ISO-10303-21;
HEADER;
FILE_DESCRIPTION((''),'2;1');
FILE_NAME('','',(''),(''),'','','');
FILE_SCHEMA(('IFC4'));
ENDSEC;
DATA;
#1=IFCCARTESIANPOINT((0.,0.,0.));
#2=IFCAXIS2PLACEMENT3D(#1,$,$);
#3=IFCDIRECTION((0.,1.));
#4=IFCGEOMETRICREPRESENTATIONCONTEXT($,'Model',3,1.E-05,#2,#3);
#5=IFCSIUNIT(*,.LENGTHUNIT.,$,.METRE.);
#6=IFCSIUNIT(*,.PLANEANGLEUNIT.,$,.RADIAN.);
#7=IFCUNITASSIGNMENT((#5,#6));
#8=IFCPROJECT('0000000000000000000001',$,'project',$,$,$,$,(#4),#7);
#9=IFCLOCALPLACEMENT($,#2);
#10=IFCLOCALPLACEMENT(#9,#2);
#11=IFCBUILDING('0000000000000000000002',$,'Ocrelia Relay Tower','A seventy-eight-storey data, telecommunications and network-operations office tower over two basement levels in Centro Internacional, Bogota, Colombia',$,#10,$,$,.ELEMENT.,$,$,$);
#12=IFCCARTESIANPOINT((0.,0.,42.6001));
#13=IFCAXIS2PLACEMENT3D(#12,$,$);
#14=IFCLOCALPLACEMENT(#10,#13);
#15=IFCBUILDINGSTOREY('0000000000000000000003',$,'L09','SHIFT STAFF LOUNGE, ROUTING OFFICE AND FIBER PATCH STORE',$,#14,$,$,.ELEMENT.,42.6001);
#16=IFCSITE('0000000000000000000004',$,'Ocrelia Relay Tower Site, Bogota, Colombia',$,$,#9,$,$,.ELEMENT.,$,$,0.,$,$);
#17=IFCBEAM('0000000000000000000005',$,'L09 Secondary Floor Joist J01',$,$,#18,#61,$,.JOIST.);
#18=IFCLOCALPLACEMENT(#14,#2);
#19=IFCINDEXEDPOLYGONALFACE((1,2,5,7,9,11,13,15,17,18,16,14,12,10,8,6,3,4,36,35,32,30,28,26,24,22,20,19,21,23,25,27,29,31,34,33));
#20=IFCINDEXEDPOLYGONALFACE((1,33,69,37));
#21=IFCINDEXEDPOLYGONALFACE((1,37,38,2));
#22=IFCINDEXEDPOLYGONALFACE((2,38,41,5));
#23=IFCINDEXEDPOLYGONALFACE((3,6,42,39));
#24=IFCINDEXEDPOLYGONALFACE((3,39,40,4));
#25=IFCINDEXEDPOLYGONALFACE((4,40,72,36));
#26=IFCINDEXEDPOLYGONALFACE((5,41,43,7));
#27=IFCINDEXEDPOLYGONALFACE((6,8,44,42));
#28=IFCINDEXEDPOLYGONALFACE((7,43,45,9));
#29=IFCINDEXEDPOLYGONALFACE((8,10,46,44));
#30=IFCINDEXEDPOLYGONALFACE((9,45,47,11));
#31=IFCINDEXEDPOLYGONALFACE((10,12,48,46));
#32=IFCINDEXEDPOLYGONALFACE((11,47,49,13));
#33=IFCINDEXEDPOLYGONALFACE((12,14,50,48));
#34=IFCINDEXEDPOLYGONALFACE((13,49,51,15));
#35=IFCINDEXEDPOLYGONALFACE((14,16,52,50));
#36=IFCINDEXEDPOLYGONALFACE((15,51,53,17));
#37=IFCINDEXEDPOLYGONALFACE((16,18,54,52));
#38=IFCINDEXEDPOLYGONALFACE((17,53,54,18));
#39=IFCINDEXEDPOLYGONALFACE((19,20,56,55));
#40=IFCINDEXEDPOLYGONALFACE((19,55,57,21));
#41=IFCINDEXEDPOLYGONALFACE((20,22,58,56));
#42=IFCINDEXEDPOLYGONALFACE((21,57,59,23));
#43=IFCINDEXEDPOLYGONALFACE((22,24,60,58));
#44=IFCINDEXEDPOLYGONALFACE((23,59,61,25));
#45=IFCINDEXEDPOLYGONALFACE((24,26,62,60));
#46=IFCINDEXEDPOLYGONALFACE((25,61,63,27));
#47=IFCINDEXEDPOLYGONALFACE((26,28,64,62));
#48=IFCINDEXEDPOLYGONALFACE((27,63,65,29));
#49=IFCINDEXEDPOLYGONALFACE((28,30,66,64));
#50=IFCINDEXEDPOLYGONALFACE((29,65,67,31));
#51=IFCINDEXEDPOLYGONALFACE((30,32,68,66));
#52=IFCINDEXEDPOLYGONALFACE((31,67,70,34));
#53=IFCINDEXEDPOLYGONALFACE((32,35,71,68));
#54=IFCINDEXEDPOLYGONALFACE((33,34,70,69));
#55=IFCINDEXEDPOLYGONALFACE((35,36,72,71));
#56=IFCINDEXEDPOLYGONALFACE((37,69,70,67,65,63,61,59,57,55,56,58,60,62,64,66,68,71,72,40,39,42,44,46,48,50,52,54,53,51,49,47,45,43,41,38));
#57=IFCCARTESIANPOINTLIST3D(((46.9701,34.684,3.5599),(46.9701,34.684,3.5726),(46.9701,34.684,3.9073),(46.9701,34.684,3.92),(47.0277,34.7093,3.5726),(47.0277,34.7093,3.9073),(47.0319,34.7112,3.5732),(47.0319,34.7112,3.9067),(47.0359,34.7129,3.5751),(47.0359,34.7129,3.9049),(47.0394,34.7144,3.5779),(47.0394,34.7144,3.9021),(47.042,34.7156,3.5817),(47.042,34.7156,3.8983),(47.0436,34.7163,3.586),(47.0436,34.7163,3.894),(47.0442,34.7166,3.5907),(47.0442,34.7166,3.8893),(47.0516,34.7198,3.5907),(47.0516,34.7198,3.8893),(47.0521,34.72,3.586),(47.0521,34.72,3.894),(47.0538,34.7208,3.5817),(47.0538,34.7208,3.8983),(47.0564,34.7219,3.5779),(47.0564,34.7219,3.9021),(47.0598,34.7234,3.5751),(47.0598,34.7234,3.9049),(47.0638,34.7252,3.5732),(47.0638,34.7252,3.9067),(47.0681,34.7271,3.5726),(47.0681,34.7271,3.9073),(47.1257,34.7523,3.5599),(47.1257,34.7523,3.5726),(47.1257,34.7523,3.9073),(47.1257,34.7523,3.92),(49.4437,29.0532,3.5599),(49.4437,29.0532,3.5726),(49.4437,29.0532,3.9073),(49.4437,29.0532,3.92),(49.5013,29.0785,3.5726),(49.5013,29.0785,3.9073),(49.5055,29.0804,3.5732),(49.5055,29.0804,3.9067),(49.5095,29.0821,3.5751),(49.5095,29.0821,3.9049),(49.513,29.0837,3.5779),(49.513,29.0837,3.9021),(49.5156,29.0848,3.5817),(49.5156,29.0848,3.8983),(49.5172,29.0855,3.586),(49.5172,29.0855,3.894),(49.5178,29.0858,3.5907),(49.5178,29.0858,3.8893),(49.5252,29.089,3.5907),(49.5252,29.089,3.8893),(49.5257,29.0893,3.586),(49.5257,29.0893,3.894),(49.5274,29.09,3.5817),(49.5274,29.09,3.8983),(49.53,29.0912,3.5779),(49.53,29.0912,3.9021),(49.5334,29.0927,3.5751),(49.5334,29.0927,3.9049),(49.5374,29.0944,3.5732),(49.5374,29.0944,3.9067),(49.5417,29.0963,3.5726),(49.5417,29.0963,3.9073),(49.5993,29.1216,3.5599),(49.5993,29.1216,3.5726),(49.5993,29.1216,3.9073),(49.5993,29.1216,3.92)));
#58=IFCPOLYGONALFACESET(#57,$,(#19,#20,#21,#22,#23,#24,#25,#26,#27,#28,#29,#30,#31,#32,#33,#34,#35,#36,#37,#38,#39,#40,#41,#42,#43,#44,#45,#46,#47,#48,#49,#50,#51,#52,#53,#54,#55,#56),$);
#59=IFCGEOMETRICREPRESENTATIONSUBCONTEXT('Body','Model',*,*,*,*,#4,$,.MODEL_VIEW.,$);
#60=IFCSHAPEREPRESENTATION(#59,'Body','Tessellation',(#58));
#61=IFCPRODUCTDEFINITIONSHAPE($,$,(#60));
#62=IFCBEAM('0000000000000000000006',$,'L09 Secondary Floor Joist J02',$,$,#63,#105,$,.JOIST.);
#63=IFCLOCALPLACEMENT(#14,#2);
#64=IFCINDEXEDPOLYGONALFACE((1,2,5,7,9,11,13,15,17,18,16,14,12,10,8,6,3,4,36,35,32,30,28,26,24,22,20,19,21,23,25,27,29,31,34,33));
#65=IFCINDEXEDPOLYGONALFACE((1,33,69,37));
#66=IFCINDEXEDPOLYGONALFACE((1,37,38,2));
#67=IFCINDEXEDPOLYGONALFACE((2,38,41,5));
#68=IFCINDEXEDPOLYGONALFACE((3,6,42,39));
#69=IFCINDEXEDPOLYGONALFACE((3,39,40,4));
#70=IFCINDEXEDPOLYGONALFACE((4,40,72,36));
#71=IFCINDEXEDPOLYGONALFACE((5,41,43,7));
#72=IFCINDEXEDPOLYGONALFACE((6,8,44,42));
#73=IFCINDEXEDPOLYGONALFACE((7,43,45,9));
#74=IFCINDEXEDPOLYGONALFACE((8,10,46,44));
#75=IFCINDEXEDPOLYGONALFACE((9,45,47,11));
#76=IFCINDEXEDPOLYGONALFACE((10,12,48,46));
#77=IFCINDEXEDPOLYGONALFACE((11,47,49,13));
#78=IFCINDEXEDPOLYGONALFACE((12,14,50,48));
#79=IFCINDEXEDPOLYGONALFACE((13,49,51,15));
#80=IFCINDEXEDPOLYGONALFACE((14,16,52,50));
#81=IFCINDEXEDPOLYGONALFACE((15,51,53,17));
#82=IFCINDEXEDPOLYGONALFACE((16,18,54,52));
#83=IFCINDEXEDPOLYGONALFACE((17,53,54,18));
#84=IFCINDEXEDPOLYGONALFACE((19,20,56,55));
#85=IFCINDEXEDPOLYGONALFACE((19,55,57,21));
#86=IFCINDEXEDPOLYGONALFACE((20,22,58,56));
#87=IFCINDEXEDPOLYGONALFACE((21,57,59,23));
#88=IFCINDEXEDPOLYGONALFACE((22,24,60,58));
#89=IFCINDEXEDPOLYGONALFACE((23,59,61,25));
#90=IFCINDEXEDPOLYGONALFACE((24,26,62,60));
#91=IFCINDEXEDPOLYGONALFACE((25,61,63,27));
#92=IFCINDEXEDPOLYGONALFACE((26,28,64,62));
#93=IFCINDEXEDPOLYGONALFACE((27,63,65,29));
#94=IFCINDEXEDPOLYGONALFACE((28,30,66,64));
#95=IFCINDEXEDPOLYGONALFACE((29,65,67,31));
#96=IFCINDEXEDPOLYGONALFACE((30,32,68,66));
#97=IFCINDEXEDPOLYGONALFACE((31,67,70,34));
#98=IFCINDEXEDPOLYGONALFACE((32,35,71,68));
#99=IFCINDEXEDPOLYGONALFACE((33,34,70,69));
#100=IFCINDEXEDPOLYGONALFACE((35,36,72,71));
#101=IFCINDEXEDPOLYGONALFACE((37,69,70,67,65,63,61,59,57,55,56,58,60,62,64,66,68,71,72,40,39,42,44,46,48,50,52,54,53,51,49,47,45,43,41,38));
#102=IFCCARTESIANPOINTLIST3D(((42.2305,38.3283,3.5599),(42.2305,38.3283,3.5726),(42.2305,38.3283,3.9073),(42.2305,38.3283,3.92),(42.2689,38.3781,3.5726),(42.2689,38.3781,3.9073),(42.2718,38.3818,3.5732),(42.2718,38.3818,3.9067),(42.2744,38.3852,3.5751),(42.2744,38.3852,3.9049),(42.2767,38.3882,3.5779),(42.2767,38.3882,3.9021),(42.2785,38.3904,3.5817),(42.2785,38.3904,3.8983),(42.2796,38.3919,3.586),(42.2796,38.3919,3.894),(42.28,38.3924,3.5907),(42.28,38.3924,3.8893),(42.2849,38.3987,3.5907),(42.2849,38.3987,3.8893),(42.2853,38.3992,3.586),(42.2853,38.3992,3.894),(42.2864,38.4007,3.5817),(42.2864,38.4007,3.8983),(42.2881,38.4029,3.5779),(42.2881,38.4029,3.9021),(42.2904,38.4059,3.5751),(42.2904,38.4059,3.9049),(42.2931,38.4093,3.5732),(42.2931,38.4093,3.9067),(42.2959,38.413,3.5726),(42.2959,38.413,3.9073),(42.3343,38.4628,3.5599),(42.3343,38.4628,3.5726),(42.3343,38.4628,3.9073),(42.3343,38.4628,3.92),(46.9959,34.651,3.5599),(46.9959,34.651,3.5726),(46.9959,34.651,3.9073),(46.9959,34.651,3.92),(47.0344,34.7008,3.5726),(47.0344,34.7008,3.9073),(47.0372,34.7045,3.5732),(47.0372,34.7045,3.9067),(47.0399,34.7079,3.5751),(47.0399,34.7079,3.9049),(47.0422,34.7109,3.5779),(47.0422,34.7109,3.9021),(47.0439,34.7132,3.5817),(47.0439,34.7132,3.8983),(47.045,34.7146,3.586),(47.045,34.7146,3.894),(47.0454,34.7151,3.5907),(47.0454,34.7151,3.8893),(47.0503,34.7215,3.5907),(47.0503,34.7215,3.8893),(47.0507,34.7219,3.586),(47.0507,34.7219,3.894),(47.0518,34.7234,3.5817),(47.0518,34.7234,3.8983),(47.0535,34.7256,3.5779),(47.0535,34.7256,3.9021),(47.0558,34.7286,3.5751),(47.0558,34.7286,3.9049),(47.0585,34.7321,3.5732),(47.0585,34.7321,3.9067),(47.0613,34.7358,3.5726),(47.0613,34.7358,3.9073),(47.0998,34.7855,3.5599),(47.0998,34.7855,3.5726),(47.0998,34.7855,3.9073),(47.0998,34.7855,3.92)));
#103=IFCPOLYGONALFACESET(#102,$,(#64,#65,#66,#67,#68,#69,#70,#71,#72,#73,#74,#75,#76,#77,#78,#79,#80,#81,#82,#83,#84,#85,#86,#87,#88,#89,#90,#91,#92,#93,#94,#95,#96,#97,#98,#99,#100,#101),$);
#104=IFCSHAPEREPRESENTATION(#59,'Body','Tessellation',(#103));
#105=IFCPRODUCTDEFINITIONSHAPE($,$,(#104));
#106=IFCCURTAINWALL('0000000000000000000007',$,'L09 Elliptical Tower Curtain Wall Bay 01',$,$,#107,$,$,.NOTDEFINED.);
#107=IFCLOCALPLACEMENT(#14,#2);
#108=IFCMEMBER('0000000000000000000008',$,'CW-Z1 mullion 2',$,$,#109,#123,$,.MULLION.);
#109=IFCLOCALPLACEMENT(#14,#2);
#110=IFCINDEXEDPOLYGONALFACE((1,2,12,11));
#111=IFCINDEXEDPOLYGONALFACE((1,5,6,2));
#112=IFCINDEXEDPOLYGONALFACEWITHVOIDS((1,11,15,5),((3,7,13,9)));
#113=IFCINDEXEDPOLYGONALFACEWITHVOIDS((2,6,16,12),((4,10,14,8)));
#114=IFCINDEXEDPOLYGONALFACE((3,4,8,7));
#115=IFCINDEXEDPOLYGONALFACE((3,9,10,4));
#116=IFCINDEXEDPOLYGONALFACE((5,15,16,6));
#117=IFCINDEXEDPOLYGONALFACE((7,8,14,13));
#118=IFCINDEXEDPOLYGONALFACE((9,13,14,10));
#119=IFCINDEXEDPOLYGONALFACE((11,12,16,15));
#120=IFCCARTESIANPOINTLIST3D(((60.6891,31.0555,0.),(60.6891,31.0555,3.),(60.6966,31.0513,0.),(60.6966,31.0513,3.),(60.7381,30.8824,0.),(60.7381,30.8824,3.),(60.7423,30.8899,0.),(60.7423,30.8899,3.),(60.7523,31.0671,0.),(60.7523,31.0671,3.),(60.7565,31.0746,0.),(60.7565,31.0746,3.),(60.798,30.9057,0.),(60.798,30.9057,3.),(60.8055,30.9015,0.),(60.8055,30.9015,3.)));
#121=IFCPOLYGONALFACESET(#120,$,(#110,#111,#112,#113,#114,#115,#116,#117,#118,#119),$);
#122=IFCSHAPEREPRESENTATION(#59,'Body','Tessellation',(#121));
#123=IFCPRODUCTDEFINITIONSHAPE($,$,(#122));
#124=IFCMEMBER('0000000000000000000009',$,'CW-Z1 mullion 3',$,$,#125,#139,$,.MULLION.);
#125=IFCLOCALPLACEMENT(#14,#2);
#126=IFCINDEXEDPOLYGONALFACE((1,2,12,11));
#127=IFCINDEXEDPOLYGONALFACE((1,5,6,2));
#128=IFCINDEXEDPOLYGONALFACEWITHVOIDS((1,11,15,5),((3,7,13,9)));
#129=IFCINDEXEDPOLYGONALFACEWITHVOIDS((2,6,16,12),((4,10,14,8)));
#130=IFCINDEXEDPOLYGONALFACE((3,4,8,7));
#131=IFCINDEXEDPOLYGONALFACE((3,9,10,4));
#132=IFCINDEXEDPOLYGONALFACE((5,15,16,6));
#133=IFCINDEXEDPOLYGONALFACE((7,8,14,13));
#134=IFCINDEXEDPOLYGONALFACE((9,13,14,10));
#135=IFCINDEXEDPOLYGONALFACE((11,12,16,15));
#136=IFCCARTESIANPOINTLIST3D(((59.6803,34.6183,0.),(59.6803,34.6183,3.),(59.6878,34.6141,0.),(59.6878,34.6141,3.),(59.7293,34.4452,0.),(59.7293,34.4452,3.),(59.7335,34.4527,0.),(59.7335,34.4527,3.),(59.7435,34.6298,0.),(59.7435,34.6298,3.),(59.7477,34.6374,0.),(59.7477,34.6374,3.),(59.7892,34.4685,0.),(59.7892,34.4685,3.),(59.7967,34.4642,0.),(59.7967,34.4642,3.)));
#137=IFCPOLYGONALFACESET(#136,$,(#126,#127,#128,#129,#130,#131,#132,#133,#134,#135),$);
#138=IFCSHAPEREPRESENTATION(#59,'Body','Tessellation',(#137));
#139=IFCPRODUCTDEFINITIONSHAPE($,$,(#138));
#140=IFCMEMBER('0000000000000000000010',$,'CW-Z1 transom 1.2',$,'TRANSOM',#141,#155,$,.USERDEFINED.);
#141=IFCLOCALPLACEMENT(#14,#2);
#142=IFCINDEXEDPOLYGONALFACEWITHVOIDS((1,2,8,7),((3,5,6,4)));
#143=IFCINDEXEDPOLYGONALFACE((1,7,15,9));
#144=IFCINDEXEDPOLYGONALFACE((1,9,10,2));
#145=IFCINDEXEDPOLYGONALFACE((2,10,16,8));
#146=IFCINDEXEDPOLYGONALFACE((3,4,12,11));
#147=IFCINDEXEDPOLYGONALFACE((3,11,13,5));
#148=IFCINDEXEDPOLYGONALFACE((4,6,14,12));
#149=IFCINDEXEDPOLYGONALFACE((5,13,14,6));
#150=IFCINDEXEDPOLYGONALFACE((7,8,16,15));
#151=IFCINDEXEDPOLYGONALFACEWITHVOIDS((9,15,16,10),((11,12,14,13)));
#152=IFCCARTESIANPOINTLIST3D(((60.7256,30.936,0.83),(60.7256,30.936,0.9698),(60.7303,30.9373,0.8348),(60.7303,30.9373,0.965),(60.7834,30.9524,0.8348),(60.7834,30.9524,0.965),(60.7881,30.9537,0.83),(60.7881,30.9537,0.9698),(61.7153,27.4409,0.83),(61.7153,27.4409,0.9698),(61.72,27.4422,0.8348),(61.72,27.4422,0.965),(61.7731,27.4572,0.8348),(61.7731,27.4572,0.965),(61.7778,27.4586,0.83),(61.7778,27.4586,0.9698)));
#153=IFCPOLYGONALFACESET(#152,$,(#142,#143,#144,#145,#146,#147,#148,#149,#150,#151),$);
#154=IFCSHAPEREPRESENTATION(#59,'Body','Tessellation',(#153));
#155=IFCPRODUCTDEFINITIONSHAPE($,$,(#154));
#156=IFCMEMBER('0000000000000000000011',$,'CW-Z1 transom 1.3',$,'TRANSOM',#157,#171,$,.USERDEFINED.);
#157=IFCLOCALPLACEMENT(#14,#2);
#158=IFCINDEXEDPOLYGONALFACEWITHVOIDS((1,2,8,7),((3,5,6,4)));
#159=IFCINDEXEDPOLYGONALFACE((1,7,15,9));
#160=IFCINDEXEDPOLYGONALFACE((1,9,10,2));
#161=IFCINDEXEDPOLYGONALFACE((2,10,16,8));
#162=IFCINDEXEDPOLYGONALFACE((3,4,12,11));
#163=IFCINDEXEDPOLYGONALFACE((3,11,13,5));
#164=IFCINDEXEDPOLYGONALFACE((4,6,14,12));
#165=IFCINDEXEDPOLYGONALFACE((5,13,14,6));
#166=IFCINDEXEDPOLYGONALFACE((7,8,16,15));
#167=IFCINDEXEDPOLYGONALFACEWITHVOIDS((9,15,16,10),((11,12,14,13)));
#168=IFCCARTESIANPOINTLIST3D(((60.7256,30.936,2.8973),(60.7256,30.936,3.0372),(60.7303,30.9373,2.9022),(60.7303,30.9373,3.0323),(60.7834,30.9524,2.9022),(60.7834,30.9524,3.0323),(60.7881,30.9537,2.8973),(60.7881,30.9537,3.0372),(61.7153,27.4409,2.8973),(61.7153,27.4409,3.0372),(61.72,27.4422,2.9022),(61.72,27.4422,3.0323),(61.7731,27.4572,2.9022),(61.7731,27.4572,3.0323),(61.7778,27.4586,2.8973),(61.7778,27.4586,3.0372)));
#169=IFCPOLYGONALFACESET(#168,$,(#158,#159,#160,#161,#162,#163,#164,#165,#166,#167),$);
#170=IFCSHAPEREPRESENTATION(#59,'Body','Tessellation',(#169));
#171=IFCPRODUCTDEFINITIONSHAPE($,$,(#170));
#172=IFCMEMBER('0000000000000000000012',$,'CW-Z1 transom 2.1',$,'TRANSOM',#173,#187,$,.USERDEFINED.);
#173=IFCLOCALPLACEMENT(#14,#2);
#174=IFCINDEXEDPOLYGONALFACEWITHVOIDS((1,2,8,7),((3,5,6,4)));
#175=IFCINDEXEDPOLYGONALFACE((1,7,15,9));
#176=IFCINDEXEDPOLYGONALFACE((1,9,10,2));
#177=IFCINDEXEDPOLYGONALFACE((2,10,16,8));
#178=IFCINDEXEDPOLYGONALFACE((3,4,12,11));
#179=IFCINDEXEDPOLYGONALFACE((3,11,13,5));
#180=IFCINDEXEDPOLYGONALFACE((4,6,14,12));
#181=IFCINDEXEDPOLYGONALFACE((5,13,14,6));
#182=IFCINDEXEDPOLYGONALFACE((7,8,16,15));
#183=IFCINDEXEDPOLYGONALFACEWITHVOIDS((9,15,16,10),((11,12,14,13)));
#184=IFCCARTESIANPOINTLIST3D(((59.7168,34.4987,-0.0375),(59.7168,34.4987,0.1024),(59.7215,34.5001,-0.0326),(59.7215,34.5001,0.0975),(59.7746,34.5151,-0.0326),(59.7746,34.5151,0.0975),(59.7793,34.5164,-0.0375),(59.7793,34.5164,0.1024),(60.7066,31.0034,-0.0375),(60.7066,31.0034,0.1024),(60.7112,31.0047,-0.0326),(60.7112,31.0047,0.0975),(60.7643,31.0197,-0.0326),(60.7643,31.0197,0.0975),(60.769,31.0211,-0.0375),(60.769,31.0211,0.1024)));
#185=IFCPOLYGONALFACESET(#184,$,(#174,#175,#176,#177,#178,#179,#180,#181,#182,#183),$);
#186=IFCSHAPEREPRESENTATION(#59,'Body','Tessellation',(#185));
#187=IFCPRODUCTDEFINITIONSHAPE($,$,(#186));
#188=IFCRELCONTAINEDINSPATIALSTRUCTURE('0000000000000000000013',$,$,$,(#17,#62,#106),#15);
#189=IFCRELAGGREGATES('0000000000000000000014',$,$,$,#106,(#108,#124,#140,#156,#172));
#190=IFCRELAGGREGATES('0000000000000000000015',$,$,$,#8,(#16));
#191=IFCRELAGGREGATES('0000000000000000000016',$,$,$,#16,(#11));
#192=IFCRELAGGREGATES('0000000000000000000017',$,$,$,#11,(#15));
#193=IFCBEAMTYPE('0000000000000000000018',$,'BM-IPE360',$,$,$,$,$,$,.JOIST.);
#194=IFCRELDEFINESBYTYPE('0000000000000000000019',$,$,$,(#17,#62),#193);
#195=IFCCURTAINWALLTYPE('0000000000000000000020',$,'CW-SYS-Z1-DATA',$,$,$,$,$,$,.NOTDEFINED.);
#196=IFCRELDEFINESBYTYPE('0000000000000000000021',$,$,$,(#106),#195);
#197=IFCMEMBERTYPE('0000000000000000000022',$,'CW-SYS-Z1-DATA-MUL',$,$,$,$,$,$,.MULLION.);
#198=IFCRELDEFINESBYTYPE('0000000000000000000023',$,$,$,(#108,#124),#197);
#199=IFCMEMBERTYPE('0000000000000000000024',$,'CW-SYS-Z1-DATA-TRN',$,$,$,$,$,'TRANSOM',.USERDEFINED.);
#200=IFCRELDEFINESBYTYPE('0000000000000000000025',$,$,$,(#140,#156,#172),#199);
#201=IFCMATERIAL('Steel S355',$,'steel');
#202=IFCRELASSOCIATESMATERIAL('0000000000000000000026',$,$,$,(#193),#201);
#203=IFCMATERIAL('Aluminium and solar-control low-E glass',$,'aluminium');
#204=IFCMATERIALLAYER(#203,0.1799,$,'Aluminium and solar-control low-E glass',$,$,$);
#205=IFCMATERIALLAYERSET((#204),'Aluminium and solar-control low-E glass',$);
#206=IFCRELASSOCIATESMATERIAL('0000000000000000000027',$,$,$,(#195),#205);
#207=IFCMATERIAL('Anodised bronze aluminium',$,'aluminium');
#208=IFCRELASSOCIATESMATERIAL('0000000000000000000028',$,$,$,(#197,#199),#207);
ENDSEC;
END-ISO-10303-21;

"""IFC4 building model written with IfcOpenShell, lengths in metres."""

from ifc_helpers import new_model, si_unit, direction, frame, origin, origin_2d, place, context, subcontext, project, spatial, hollow_rectangle, i_section, extrude, material, layer, layer_set, material_profile, profile_set, type_object, element, aggregate, save


model = new_model("IFC4")

# Units and contexts
model_context = context("Model", 3, precision=1e-05, world=origin(), true_north=direction((0.0, 1.0)))
body_context = subcontext(model_context, "Body", "Model", "MODEL_VIEW")
ifc_project = project(units=[si_unit("LENGTHUNIT", "METRE"), si_unit("PLANEANGLEUNIT", "RADIAN")], contexts=[model_context])

# Site, building, storey
site_placement = place(None, origin())
site = spatial("IfcSite", under=ifc_project, at=site_placement, Name="Ocrelia Relay Tower Site, Bogota, Colombia", CompositionType="ELEMENT", RefElevation=0.0)
building_placement = place(site_placement, origin())
building = spatial("IfcBuilding", under=site, at=building_placement, Name="Ocrelia Relay Tower", Description="A seventy-eight-storey data, telecommunications and network-operations office tower over two basement levels in Centro Internacional, Bogota, Colombia", CompositionType="ELEMENT")
storey_placement = place(building_placement, frame((0.0, 0.0, 42.6001)))
storey = spatial("IfcBuildingStorey", under=building, at=storey_placement, Name="L09", Description="SHIFT STAFF LOUNGE, ROUTING OFFICE AND FIBER PATCH STORE", CompositionType="ELEMENT", Elevation=42.6001)

# Beams
ifc_material_1 = material(Name="Steel S355", Category="steel")
ifc_material_profile_1 = material_profile(ifc_material_1, i_section(OverallWidth=0.1699, OverallDepth=0.3601, WebThickness=0.0081, FlangeThickness=0.0127, FilletRadius=0.0181, at=origin_2d()), Name="IPE 360")
ifc_profile_set_1 = profile_set([ifc_material_profile_1], Name="Steel S355")
beam_type_1 = type_object("IfcBeamType", Name="BM-IPE360", PredefinedType="JOIST", material=ifc_profile_set_1)
beam_1_placement = place(storey_placement, frame((49.5215, 29.0874, 3.74), z_axis=(-0.402201, 0.915551, 0.0), x_axis=(-0.915551, -0.402201, 0.0)))
element("IfcBeam", 1, at=beam_1_placement, inside=storey, type_object=beam_type_1, Name="L09 Secondary Floor Joist J01", PredefinedType="JOIST", context=body_context, shape_type="SweptSolid", body=[
    extrude(i_section(OverallWidth=0.1699, OverallDepth=0.3601, WebThickness=0.0081, FlangeThickness=0.0127, FilletRadius=0.0181, at=origin_2d()), origin(), (0.0, 0.0, 1.0), 6.1501),
])
beam_2_placement = place(storey_placement, frame((47.0479, 34.7183, 3.74), z_axis=(-0.791694, 0.610918, 0.0), x_axis=(-0.610918, -0.791694, 0.0)))
element("IfcBeam", 2, at=beam_2_placement, inside=storey, type_object=beam_type_1, Name="L09 Secondary Floor Joist J02", PredefinedType="JOIST", context=body_context, shape_type="SweptSolid", body=[
    extrude(i_section(OverallWidth=0.1699, OverallDepth=0.3601, WebThickness=0.0081, FlangeThickness=0.0127, FilletRadius=0.0181, at=origin_2d()), origin(), (0.0, 0.0, 1.0), 6.0193),
])

# Curtain wall, members
ifc_material_2 = material(Name="Aluminium and solar-control low-E glass", Category="aluminium")
ifc_layer_1 = layer(ifc_material_2, 0.1799, Name="Aluminium and solar-control low-E glass")
ifc_layer_set_1 = layer_set([ifc_layer_1], Name="Aluminium and solar-control low-E glass")
curtain_wall_type = type_object("IfcCurtainWallType", Name="CW-SYS-Z1-DATA", PredefinedType="NOTDEFINED", material=ifc_layer_set_1)
curtain_wall_placement = place(storey_placement, origin())
curtain_wall = element("IfcCurtainWall", 3, at=curtain_wall_placement, inside=storey, type_object=curtain_wall_type, Name="L09 Elliptical Tower Curtain Wall Bay 01", PredefinedType="NOTDEFINED")
ifc_material_3 = material(Name="Anodised bronze aluminium", Category="aluminium")
ifc_material_profile_2 = material_profile(ifc_material_3, hollow_rectangle(XDim=0.0701, YDim=0.1799, WallThickness=0.0061, at=origin_2d()), Name="CW-MUL-180x70")
ifc_profile_set_2 = profile_set([ifc_material_profile_2], Name="Anodised bronze aluminium")
member_type_1 = type_object("IfcMemberType", Name="CW-SYS-Z1-DATA-MUL", PredefinedType="MULLION", material=ifc_profile_set_2)
member_1_placement = place(storey_placement, frame((60.7473, 30.9785, 0.0), z_axis=(0.0, 0.0, 1.0), x_axis=(-0.962169, -0.272454, 0.0)))
member_1 = element("IfcMember", 4, at=member_1_placement, type_object=member_type_1, Name="CW-Z1 mullion 2", PredefinedType="MULLION", context=body_context, shape_type="SweptSolid", body=[
    extrude(hollow_rectangle(XDim=0.0701, YDim=0.1799, WallThickness=0.0061, at=origin_2d()), origin(), (0.0, 0.0, 1.0), 3.0),
])
member_2_placement = place(storey_placement, frame((59.7385, 34.5413, 0.0), z_axis=(0.0, 0.0, 1.0), x_axis=(-0.962169, -0.272454, 0.0)))
member_2 = element("IfcMember", 5, at=member_2_placement, type_object=member_type_1, Name="CW-Z1 mullion 3", PredefinedType="MULLION", context=body_context, shape_type="SweptSolid", body=[
    extrude(hollow_rectangle(XDim=0.0701, YDim=0.1799, WallThickness=0.0061, at=origin_2d()), origin(), (0.0, 0.0, 1.0), 3.0),
])
ifc_material_profile_3 = material_profile(ifc_material_3, hollow_rectangle(XDim=0.0649, YDim=0.1399, WallThickness=0.0049, at=origin_2d()), Name="CW-TRN-140x65")
ifc_profile_set_3 = profile_set([ifc_material_profile_3], Name="Anodised bronze aluminium")
member_type_2 = type_object("IfcMemberType", Name="CW-SYS-Z1-DATA-TRN", ElementType="TRANSOM", PredefinedType="USERDEFINED", material=ifc_profile_set_3)
member_3_placement = place(storey_placement, frame((61.7466, 27.4497, 0.8999), z_axis=(-0.272466, 0.962165, 0.0), x_axis=(-0.962165, -0.272466, 0.0)))
member_3 = element("IfcMember", 6, at=member_3_placement, type_object=member_type_2, Name="CW-Z1 transom 1.2", ObjectType="TRANSOM", PredefinedType="USERDEFINED", context=body_context, shape_type="SweptSolid", body=[
    extrude(hollow_rectangle(XDim=0.0649, YDim=0.1399, WallThickness=0.0049, at=origin_2d()), origin(), (0.0, 0.0, 1.0), 3.6326),
])
member_4_placement = place(storey_placement, frame((61.7466, 27.4497, 2.9673), z_axis=(-0.272466, 0.962165, 0.0), x_axis=(-0.962165, -0.272466, 0.0)))
member_4 = element("IfcMember", 7, at=member_4_placement, type_object=member_type_2, Name="CW-Z1 transom 1.3", ObjectType="TRANSOM", PredefinedType="USERDEFINED", context=body_context, shape_type="SweptSolid", body=[
    extrude(hollow_rectangle(XDim=0.0649, YDim=0.1399, WallThickness=0.0049, at=origin_2d()), origin(), (0.0, 0.0, 1.0), 3.6326),
])
member_5_placement = place(storey_placement, frame((60.7378, 31.0122, 0.0325), z_axis=(-0.272448, 0.96217, 0.0), x_axis=(-0.96217, -0.272448, 0.0)))
member_5 = element("IfcMember", 8, at=member_5_placement, type_object=member_type_2, Name="CW-Z1 transom 2.1", ObjectType="TRANSOM", PredefinedType="USERDEFINED", context=body_context, shape_type="SweptSolid", body=[
    extrude(hollow_rectangle(XDim=0.0649, YDim=0.1399, WallThickness=0.0049, at=origin_2d()), origin(), (0.0, 0.0, 1.0), 3.6328),
])
aggregate(curtain_wall, [member_1, member_2, member_3, member_4, member_5])

save(model, "model.ifc")
